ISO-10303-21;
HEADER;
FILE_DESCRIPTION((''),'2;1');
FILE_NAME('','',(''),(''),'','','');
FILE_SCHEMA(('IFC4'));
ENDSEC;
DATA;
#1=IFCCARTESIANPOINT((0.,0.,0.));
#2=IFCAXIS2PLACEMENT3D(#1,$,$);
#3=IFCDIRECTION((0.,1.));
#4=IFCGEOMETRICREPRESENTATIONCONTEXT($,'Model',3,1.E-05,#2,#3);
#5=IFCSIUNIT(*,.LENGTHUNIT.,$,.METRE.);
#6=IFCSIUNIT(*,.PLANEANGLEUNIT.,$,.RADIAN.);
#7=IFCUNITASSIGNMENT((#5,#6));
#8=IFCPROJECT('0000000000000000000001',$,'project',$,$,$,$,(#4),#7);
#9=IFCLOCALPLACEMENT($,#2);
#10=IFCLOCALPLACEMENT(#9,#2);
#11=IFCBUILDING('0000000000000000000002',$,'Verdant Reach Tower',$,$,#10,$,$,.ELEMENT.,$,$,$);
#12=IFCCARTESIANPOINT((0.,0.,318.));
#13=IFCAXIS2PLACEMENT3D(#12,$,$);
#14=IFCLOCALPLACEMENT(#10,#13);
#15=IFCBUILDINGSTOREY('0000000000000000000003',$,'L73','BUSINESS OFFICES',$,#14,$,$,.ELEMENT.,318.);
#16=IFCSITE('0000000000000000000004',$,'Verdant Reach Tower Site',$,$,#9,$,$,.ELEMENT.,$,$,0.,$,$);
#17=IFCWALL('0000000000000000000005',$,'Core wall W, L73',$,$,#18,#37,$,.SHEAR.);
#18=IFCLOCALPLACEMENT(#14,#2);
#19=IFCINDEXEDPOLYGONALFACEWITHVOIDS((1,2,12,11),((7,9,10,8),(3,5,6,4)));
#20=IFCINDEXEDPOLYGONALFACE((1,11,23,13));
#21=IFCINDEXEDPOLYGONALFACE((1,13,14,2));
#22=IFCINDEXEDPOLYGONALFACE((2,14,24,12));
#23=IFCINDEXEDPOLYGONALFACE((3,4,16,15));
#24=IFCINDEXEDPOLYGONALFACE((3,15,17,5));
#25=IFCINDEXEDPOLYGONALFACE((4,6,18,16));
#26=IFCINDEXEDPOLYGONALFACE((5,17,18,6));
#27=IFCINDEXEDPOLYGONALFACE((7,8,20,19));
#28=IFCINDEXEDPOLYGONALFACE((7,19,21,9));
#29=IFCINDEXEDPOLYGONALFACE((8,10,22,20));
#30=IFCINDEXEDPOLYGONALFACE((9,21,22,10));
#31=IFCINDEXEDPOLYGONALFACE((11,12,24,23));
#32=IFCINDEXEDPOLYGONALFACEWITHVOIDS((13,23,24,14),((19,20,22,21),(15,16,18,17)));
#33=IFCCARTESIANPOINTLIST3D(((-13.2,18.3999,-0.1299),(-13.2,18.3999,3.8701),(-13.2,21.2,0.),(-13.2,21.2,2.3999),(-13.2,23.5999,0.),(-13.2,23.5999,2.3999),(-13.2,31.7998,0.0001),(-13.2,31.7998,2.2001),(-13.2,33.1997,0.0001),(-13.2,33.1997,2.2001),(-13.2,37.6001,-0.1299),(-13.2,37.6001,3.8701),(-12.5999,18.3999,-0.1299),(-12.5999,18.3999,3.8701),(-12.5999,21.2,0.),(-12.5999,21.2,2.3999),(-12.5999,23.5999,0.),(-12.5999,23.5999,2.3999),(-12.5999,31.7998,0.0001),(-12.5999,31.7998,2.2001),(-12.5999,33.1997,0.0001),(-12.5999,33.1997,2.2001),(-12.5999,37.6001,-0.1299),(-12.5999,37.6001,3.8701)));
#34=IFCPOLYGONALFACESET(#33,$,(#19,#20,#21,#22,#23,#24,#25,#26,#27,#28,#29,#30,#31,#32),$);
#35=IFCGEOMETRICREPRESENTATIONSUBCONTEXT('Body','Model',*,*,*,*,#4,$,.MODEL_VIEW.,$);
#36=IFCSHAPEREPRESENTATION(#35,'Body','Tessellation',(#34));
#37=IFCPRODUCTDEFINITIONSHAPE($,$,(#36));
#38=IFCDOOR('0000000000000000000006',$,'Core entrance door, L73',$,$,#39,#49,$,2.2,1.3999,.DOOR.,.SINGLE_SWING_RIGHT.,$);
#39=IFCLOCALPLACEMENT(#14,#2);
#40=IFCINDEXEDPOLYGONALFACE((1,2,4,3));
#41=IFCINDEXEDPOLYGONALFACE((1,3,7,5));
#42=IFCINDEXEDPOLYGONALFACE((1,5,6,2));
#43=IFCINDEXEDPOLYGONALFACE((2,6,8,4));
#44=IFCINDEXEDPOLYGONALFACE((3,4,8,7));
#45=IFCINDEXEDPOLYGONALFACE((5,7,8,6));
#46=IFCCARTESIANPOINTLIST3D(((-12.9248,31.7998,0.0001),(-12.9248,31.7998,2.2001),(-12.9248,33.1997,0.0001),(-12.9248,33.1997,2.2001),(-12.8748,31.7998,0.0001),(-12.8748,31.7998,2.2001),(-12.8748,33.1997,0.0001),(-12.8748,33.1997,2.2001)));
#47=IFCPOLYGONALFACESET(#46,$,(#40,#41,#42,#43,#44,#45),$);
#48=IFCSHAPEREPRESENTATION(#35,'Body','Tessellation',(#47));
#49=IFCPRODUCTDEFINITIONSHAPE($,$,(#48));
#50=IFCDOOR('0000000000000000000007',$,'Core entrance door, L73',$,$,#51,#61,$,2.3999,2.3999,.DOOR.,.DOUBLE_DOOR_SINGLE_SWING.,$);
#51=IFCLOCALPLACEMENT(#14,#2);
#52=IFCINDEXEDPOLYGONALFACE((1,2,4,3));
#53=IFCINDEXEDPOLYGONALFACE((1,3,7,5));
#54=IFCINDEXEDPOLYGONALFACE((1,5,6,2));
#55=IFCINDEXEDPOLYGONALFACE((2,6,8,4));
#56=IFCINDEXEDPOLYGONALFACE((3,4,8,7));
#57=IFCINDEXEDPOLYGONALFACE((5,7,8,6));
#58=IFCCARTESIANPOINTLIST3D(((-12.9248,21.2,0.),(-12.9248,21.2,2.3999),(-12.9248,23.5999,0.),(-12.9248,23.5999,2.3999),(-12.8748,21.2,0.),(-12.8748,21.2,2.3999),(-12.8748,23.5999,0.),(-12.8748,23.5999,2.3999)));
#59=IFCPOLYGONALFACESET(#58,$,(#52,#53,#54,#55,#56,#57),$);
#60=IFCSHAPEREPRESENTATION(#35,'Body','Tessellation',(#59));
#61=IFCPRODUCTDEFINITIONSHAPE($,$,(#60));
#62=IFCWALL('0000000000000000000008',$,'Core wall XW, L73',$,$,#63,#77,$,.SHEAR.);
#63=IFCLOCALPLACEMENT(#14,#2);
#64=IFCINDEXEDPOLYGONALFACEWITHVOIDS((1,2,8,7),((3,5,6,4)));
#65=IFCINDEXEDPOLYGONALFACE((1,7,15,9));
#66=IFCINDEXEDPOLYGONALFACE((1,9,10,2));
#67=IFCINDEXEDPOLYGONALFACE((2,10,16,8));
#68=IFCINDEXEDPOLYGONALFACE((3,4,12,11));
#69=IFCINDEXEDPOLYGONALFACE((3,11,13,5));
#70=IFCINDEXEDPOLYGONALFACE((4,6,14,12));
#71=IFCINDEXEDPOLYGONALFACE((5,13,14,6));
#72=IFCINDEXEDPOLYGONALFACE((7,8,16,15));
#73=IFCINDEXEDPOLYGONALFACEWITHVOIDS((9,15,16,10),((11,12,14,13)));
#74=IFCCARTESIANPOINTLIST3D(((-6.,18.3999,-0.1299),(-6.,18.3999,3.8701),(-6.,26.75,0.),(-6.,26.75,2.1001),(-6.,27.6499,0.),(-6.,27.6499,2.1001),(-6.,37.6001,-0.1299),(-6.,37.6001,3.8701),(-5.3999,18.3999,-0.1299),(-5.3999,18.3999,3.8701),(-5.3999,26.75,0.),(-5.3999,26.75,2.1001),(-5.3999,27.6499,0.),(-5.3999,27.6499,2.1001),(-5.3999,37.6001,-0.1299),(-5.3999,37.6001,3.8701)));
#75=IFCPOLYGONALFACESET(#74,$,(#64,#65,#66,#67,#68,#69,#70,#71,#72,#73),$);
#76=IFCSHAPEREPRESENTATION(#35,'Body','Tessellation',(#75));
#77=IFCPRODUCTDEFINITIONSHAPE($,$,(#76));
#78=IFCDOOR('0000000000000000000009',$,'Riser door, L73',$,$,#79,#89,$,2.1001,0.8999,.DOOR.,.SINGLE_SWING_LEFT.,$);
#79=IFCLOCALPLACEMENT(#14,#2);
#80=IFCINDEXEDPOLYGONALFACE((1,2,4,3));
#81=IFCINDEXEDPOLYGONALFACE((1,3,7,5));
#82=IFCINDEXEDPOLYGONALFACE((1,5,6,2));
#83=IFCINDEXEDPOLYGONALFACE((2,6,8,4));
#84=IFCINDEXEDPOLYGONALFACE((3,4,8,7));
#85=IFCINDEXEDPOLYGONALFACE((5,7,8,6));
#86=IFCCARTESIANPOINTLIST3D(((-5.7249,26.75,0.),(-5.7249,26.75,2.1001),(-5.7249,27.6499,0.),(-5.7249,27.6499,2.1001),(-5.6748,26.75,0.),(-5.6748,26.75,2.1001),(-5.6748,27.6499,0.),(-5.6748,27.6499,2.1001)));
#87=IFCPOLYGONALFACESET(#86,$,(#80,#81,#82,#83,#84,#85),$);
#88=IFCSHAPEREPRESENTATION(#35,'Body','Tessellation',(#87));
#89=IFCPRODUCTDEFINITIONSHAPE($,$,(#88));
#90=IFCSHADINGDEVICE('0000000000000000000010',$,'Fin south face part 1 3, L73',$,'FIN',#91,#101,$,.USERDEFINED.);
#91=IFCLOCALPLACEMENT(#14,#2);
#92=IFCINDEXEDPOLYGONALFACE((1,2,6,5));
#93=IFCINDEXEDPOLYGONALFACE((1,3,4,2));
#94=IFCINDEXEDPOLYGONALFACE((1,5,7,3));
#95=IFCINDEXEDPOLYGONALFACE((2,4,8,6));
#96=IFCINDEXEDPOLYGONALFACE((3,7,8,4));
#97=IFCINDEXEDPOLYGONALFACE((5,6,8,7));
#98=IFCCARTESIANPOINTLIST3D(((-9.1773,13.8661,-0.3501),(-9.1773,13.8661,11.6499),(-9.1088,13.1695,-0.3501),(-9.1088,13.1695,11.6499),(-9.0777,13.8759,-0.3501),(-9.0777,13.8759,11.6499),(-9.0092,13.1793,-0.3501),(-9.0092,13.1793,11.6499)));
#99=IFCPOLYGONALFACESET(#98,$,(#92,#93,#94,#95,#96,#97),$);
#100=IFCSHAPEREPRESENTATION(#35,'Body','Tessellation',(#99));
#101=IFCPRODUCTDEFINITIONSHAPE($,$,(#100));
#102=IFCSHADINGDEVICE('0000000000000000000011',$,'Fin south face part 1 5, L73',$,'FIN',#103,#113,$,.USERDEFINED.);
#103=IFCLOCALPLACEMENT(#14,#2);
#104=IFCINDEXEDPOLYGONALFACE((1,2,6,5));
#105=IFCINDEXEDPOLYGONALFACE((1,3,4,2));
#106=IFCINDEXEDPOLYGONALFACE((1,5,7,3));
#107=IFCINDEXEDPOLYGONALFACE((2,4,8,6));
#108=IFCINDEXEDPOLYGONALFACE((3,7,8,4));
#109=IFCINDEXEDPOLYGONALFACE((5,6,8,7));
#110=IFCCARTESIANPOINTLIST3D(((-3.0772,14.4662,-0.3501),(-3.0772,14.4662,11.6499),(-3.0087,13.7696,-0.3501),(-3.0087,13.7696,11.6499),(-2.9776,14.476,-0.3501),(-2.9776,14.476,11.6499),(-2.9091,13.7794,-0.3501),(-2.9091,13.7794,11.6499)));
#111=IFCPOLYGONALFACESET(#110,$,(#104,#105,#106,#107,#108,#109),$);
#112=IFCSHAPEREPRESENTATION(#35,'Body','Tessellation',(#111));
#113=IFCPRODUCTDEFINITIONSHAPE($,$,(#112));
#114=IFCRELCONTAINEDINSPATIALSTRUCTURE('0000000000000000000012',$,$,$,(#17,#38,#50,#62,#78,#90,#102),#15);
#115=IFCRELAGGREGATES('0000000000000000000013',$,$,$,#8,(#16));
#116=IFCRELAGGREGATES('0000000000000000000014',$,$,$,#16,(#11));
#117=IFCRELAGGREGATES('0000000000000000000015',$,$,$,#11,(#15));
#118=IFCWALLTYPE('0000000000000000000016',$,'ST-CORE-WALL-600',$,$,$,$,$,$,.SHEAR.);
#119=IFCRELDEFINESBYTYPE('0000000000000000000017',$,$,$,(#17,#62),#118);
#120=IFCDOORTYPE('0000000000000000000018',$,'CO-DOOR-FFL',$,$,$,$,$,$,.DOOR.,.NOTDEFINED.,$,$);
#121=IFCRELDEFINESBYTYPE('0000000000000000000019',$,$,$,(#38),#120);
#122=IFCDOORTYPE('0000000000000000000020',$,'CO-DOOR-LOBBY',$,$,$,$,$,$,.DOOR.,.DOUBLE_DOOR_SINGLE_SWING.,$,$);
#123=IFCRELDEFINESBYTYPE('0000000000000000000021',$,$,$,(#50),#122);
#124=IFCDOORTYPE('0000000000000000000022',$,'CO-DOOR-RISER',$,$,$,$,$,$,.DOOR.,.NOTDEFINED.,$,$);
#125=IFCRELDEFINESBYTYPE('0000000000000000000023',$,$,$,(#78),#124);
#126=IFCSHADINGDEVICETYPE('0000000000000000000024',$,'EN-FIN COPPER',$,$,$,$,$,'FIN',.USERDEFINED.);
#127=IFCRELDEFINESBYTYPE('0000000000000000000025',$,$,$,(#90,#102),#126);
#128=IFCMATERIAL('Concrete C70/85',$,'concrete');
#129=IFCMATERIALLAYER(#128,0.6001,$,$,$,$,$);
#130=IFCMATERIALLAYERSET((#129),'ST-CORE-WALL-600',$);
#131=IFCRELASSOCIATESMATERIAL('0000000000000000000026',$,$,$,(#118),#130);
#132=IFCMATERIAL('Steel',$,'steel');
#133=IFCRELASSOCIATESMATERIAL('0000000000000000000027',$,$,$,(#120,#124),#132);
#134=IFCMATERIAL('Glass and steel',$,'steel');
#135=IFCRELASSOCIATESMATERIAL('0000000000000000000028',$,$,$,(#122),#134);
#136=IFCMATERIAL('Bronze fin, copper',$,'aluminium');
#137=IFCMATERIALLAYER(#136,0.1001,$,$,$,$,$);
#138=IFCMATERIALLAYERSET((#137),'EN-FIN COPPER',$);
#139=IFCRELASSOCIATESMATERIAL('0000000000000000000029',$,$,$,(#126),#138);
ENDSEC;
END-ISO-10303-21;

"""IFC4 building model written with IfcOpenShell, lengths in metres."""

from ifc_helpers import new_model, si_unit, direction, frame, frame_2d, origin, origin_2d, place, context, subcontext, project, spatial, rectangle, extrude, material, layer, layer_set, type_object, element, fill, save


model = new_model("IFC4")

# Units and contexts
model_context = context("Model", 3, precision=1e-05, world=origin(), true_north=direction((0.0, 1.0)))
body_context = subcontext(model_context, "Body", "Model", "MODEL_VIEW")
ifc_project = project(units=[si_unit("LENGTHUNIT", "METRE"), si_unit("PLANEANGLEUNIT", "RADIAN")], contexts=[model_context])

# Site, building, storey
site_placement = place(None, origin())
site = spatial("IfcSite", under=ifc_project, at=site_placement, Name="Verdant Reach Tower Site", CompositionType="ELEMENT", RefElevation=0.0)
building_placement = place(site_placement, origin())
building = spatial("IfcBuilding", under=site, at=building_placement, Name="Verdant Reach Tower", CompositionType="ELEMENT")
storey_placement = place(building_placement, frame((0.0, 0.0, 318.0)))
storey = spatial("IfcBuildingStorey", under=building, at=storey_placement, Name="L73", Description="BUSINESS OFFICES", CompositionType="ELEMENT", Elevation=318.0)

# Wall, openings, doors
ifc_material_1 = material(Name="Concrete C70/85", Category="concrete")
ifc_layer_1 = layer(ifc_material_1, 0.6001)
ifc_layer_set_1 = layer_set([ifc_layer_1], Name="ST-CORE-WALL-600")
wall_type_1 = type_object("IfcWallType", Name="ST-CORE-WALL-600", PredefinedType="SHEAR", material=ifc_layer_set_1)
wall_1_placement = place(storey_placement, frame((-12.8999, 18.3999, -0.1299), z_axis=(0.0, 0.0, 1.0), x_axis=(0.0, 1.0, 0.0)))
wall_1 = element("IfcWall", 1, at=wall_1_placement, inside=storey, type_object=wall_type_1, Name="Core wall W, L73", PredefinedType="SHEAR", context=body_context, shape_type="SweptSolid", body=[
    extrude(rectangle(XDim=19.2002, YDim=0.6001, at=frame_2d((9.6001, 0.0))), origin(), (0.0, 0.0, 1.0), 4.0),
])
opening_1_placement = place(wall_1_placement, frame((2.8, 0.0, 0.1299)))
opening_1 = element("IfcOpeningElement", 2, at=opening_1_placement, cuts=wall_1, PredefinedType="OPENING", context=body_context, shape_type="SweptSolid", body=[
    extrude(rectangle(XDim=2.3999, YDim=2.3999, at=frame_2d((1.2, 1.2))), frame((0.0, 0.3101, 0.0), z_axis=(0.0, -1.0, 0.0), x_axis=(1.0, 0.0, 0.0)), (0.0, 0.0, 1.0), 0.6201),
])
opening_2_placement = place(wall_1_placement, frame((13.3999, 0.0, 0.1299)))
opening_2 = element("IfcOpeningElement", 3, at=opening_2_placement, cuts=wall_1, PredefinedType="OPENING", context=body_context, shape_type="SweptSolid", body=[
    extrude(rectangle(XDim=1.3999, YDim=2.2, at=frame_2d((0.7, 1.1001))), frame((0.0, 0.3101, 0.0), z_axis=(0.0, -1.0, 0.0), x_axis=(1.0, 0.0, 0.0)), (0.0, 0.0, 1.0), 0.6201),
])
ifc_material_2 = material(Name="Steel", Category="steel")
door_type_1 = type_object("IfcDoorType", Name="CO-DOOR-FFL", OperationType="NOTDEFINED", PredefinedType="DOOR", material=ifc_material_2)
door_1_placement = place(opening_2_placement, origin())
door_1 = element("IfcDoor", 4, at=door_1_placement, inside=storey, type_object=door_type_1, Name="Core entrance door, L73", OperationType="SINGLE_SWING_RIGHT", OverallHeight=2.2, OverallWidth=1.3999, PredefinedType="DOOR", context=body_context, shape_type="SweptSolid", body=[
    extrude(rectangle(XDim=1.3999, YDim=2.2, at=frame_2d((0.7, 1.1001))), frame((0.0, 0.0249, 0.0), z_axis=(0.0, -1.0, 0.0), x_axis=(1.0, 0.0, 0.0)), (0.0, 0.0, 1.0), 0.05),
])
fill(opening_2, door_1)
ifc_material_3 = material(Name="Glass and steel", Category="steel")
door_type_2 = type_object("IfcDoorType", Name="CO-DOOR-LOBBY", OperationType="DOUBLE_DOOR_SINGLE_SWING", PredefinedType="DOOR", material=ifc_material_3)
door_2_placement = place(opening_1_placement, origin())
door_2 = element("IfcDoor", 5, at=door_2_placement, inside=storey, type_object=door_type_2, Name="Core entrance door, L73", OperationType="DOUBLE_DOOR_SINGLE_SWING", OverallHeight=2.3999, OverallWidth=2.3999, PredefinedType="DOOR", context=body_context, shape_type="SweptSolid", body=[
    extrude(rectangle(XDim=2.3999, YDim=2.3999, at=frame_2d((1.2, 1.2))), frame((0.0, 0.0249, 0.0), z_axis=(0.0, -1.0, 0.0), x_axis=(1.0, 0.0, 0.0)), (0.0, 0.0, 1.0), 0.05),
])
fill(opening_1, door_2)

# Wall, opening, door
wall_2_placement = place(storey_placement, frame((-5.7, 18.3999, -0.1299), z_axis=(0.0, 0.0, 1.0), x_axis=(0.0, 1.0, 0.0)))
wall_2 = element("IfcWall", 6, at=wall_2_placement, inside=storey, type_object=wall_type_1, Name="Core wall XW, L73", PredefinedType="SHEAR", context=body_context, shape_type="SweptSolid", body=[
    extrude(rectangle(XDim=19.2002, YDim=0.6001, at=frame_2d((9.6001, 0.0))), origin(), (0.0, 0.0, 1.0), 4.0),
])
opening_3_placement = place(wall_2_placement, frame((8.3501, 0.0, 0.1299)))
opening_3 = element("IfcOpeningElement", 7, at=opening_3_placement, cuts=wall_2, PredefinedType="OPENING", context=body_context, shape_type="SweptSolid", body=[
    extrude(rectangle(XDim=0.8999, YDim=2.1001, at=frame_2d((0.45, 1.05))), frame((0.0, 0.3101, 0.0), z_axis=(0.0, -1.0, 0.0), x_axis=(1.0, 0.0, 0.0)), (0.0, 0.0, 1.0), 0.6201),
])
door_type_3 = type_object("IfcDoorType", Name="CO-DOOR-RISER", OperationType="NOTDEFINED", PredefinedType="DOOR", material=ifc_material_2)
door_3_placement = place(opening_3_placement, origin())
door_3 = element("IfcDoor", 8, at=door_3_placement, inside=storey, type_object=door_type_3, Name="Riser door, L73", OperationType="SINGLE_SWING_LEFT", OverallHeight=2.1001, OverallWidth=0.8999, PredefinedType="DOOR", context=body_context, shape_type="SweptSolid", body=[
    extrude(rectangle(XDim=0.8999, YDim=2.1001, at=frame_2d((0.45, 1.05))), frame((0.0, 0.0249, 0.0), z_axis=(0.0, -1.0, 0.0), x_axis=(1.0, 0.0, 0.0)), (0.0, 0.0, 1.0), 0.05),
])
fill(opening_3, door_3)

# Shading devices
ifc_material_4 = material(Name="Bronze fin, copper", Category="aluminium")
ifc_layer_2 = layer(ifc_material_4, 0.1001)
ifc_layer_set_2 = layer_set([ifc_layer_2], Name="EN-FIN COPPER")
shading_device_type = type_object("IfcShadingDeviceType", Name="EN-FIN COPPER", ElementType="FIN", PredefinedType="USERDEFINED", material=ifc_layer_set_2)
for number, where, z_axis, x_axis, name in (
    (9, (-9.0933, 13.5227, -0.3501), (0.0, 0.0, 1.0), (0.995197, 0.097888, 0.0), "Fin south face part 1 3, L73"),
    (10, (-2.9932, 14.1228, -0.3501), (0.0, 0.0, 1.0), (0.995197, 0.097888, 0.0), "Fin south face part 1 5, L73"),
):
    element("IfcShadingDevice", number, at=place(storey_placement, frame(where, z_axis=z_axis, x_axis=x_axis)), inside=storey, type_object=shading_device_type, Name=name, ObjectType="FIN", PredefinedType="USERDEFINED", context=body_context, shape_type="SweptSolid", body=[
        extrude(rectangle(XDim=0.1001, YDim=0.7, at=origin_2d()), origin(), (0.0, 0.0, 1.0), 12.0),
    ])

save(model, "model.ifc")
